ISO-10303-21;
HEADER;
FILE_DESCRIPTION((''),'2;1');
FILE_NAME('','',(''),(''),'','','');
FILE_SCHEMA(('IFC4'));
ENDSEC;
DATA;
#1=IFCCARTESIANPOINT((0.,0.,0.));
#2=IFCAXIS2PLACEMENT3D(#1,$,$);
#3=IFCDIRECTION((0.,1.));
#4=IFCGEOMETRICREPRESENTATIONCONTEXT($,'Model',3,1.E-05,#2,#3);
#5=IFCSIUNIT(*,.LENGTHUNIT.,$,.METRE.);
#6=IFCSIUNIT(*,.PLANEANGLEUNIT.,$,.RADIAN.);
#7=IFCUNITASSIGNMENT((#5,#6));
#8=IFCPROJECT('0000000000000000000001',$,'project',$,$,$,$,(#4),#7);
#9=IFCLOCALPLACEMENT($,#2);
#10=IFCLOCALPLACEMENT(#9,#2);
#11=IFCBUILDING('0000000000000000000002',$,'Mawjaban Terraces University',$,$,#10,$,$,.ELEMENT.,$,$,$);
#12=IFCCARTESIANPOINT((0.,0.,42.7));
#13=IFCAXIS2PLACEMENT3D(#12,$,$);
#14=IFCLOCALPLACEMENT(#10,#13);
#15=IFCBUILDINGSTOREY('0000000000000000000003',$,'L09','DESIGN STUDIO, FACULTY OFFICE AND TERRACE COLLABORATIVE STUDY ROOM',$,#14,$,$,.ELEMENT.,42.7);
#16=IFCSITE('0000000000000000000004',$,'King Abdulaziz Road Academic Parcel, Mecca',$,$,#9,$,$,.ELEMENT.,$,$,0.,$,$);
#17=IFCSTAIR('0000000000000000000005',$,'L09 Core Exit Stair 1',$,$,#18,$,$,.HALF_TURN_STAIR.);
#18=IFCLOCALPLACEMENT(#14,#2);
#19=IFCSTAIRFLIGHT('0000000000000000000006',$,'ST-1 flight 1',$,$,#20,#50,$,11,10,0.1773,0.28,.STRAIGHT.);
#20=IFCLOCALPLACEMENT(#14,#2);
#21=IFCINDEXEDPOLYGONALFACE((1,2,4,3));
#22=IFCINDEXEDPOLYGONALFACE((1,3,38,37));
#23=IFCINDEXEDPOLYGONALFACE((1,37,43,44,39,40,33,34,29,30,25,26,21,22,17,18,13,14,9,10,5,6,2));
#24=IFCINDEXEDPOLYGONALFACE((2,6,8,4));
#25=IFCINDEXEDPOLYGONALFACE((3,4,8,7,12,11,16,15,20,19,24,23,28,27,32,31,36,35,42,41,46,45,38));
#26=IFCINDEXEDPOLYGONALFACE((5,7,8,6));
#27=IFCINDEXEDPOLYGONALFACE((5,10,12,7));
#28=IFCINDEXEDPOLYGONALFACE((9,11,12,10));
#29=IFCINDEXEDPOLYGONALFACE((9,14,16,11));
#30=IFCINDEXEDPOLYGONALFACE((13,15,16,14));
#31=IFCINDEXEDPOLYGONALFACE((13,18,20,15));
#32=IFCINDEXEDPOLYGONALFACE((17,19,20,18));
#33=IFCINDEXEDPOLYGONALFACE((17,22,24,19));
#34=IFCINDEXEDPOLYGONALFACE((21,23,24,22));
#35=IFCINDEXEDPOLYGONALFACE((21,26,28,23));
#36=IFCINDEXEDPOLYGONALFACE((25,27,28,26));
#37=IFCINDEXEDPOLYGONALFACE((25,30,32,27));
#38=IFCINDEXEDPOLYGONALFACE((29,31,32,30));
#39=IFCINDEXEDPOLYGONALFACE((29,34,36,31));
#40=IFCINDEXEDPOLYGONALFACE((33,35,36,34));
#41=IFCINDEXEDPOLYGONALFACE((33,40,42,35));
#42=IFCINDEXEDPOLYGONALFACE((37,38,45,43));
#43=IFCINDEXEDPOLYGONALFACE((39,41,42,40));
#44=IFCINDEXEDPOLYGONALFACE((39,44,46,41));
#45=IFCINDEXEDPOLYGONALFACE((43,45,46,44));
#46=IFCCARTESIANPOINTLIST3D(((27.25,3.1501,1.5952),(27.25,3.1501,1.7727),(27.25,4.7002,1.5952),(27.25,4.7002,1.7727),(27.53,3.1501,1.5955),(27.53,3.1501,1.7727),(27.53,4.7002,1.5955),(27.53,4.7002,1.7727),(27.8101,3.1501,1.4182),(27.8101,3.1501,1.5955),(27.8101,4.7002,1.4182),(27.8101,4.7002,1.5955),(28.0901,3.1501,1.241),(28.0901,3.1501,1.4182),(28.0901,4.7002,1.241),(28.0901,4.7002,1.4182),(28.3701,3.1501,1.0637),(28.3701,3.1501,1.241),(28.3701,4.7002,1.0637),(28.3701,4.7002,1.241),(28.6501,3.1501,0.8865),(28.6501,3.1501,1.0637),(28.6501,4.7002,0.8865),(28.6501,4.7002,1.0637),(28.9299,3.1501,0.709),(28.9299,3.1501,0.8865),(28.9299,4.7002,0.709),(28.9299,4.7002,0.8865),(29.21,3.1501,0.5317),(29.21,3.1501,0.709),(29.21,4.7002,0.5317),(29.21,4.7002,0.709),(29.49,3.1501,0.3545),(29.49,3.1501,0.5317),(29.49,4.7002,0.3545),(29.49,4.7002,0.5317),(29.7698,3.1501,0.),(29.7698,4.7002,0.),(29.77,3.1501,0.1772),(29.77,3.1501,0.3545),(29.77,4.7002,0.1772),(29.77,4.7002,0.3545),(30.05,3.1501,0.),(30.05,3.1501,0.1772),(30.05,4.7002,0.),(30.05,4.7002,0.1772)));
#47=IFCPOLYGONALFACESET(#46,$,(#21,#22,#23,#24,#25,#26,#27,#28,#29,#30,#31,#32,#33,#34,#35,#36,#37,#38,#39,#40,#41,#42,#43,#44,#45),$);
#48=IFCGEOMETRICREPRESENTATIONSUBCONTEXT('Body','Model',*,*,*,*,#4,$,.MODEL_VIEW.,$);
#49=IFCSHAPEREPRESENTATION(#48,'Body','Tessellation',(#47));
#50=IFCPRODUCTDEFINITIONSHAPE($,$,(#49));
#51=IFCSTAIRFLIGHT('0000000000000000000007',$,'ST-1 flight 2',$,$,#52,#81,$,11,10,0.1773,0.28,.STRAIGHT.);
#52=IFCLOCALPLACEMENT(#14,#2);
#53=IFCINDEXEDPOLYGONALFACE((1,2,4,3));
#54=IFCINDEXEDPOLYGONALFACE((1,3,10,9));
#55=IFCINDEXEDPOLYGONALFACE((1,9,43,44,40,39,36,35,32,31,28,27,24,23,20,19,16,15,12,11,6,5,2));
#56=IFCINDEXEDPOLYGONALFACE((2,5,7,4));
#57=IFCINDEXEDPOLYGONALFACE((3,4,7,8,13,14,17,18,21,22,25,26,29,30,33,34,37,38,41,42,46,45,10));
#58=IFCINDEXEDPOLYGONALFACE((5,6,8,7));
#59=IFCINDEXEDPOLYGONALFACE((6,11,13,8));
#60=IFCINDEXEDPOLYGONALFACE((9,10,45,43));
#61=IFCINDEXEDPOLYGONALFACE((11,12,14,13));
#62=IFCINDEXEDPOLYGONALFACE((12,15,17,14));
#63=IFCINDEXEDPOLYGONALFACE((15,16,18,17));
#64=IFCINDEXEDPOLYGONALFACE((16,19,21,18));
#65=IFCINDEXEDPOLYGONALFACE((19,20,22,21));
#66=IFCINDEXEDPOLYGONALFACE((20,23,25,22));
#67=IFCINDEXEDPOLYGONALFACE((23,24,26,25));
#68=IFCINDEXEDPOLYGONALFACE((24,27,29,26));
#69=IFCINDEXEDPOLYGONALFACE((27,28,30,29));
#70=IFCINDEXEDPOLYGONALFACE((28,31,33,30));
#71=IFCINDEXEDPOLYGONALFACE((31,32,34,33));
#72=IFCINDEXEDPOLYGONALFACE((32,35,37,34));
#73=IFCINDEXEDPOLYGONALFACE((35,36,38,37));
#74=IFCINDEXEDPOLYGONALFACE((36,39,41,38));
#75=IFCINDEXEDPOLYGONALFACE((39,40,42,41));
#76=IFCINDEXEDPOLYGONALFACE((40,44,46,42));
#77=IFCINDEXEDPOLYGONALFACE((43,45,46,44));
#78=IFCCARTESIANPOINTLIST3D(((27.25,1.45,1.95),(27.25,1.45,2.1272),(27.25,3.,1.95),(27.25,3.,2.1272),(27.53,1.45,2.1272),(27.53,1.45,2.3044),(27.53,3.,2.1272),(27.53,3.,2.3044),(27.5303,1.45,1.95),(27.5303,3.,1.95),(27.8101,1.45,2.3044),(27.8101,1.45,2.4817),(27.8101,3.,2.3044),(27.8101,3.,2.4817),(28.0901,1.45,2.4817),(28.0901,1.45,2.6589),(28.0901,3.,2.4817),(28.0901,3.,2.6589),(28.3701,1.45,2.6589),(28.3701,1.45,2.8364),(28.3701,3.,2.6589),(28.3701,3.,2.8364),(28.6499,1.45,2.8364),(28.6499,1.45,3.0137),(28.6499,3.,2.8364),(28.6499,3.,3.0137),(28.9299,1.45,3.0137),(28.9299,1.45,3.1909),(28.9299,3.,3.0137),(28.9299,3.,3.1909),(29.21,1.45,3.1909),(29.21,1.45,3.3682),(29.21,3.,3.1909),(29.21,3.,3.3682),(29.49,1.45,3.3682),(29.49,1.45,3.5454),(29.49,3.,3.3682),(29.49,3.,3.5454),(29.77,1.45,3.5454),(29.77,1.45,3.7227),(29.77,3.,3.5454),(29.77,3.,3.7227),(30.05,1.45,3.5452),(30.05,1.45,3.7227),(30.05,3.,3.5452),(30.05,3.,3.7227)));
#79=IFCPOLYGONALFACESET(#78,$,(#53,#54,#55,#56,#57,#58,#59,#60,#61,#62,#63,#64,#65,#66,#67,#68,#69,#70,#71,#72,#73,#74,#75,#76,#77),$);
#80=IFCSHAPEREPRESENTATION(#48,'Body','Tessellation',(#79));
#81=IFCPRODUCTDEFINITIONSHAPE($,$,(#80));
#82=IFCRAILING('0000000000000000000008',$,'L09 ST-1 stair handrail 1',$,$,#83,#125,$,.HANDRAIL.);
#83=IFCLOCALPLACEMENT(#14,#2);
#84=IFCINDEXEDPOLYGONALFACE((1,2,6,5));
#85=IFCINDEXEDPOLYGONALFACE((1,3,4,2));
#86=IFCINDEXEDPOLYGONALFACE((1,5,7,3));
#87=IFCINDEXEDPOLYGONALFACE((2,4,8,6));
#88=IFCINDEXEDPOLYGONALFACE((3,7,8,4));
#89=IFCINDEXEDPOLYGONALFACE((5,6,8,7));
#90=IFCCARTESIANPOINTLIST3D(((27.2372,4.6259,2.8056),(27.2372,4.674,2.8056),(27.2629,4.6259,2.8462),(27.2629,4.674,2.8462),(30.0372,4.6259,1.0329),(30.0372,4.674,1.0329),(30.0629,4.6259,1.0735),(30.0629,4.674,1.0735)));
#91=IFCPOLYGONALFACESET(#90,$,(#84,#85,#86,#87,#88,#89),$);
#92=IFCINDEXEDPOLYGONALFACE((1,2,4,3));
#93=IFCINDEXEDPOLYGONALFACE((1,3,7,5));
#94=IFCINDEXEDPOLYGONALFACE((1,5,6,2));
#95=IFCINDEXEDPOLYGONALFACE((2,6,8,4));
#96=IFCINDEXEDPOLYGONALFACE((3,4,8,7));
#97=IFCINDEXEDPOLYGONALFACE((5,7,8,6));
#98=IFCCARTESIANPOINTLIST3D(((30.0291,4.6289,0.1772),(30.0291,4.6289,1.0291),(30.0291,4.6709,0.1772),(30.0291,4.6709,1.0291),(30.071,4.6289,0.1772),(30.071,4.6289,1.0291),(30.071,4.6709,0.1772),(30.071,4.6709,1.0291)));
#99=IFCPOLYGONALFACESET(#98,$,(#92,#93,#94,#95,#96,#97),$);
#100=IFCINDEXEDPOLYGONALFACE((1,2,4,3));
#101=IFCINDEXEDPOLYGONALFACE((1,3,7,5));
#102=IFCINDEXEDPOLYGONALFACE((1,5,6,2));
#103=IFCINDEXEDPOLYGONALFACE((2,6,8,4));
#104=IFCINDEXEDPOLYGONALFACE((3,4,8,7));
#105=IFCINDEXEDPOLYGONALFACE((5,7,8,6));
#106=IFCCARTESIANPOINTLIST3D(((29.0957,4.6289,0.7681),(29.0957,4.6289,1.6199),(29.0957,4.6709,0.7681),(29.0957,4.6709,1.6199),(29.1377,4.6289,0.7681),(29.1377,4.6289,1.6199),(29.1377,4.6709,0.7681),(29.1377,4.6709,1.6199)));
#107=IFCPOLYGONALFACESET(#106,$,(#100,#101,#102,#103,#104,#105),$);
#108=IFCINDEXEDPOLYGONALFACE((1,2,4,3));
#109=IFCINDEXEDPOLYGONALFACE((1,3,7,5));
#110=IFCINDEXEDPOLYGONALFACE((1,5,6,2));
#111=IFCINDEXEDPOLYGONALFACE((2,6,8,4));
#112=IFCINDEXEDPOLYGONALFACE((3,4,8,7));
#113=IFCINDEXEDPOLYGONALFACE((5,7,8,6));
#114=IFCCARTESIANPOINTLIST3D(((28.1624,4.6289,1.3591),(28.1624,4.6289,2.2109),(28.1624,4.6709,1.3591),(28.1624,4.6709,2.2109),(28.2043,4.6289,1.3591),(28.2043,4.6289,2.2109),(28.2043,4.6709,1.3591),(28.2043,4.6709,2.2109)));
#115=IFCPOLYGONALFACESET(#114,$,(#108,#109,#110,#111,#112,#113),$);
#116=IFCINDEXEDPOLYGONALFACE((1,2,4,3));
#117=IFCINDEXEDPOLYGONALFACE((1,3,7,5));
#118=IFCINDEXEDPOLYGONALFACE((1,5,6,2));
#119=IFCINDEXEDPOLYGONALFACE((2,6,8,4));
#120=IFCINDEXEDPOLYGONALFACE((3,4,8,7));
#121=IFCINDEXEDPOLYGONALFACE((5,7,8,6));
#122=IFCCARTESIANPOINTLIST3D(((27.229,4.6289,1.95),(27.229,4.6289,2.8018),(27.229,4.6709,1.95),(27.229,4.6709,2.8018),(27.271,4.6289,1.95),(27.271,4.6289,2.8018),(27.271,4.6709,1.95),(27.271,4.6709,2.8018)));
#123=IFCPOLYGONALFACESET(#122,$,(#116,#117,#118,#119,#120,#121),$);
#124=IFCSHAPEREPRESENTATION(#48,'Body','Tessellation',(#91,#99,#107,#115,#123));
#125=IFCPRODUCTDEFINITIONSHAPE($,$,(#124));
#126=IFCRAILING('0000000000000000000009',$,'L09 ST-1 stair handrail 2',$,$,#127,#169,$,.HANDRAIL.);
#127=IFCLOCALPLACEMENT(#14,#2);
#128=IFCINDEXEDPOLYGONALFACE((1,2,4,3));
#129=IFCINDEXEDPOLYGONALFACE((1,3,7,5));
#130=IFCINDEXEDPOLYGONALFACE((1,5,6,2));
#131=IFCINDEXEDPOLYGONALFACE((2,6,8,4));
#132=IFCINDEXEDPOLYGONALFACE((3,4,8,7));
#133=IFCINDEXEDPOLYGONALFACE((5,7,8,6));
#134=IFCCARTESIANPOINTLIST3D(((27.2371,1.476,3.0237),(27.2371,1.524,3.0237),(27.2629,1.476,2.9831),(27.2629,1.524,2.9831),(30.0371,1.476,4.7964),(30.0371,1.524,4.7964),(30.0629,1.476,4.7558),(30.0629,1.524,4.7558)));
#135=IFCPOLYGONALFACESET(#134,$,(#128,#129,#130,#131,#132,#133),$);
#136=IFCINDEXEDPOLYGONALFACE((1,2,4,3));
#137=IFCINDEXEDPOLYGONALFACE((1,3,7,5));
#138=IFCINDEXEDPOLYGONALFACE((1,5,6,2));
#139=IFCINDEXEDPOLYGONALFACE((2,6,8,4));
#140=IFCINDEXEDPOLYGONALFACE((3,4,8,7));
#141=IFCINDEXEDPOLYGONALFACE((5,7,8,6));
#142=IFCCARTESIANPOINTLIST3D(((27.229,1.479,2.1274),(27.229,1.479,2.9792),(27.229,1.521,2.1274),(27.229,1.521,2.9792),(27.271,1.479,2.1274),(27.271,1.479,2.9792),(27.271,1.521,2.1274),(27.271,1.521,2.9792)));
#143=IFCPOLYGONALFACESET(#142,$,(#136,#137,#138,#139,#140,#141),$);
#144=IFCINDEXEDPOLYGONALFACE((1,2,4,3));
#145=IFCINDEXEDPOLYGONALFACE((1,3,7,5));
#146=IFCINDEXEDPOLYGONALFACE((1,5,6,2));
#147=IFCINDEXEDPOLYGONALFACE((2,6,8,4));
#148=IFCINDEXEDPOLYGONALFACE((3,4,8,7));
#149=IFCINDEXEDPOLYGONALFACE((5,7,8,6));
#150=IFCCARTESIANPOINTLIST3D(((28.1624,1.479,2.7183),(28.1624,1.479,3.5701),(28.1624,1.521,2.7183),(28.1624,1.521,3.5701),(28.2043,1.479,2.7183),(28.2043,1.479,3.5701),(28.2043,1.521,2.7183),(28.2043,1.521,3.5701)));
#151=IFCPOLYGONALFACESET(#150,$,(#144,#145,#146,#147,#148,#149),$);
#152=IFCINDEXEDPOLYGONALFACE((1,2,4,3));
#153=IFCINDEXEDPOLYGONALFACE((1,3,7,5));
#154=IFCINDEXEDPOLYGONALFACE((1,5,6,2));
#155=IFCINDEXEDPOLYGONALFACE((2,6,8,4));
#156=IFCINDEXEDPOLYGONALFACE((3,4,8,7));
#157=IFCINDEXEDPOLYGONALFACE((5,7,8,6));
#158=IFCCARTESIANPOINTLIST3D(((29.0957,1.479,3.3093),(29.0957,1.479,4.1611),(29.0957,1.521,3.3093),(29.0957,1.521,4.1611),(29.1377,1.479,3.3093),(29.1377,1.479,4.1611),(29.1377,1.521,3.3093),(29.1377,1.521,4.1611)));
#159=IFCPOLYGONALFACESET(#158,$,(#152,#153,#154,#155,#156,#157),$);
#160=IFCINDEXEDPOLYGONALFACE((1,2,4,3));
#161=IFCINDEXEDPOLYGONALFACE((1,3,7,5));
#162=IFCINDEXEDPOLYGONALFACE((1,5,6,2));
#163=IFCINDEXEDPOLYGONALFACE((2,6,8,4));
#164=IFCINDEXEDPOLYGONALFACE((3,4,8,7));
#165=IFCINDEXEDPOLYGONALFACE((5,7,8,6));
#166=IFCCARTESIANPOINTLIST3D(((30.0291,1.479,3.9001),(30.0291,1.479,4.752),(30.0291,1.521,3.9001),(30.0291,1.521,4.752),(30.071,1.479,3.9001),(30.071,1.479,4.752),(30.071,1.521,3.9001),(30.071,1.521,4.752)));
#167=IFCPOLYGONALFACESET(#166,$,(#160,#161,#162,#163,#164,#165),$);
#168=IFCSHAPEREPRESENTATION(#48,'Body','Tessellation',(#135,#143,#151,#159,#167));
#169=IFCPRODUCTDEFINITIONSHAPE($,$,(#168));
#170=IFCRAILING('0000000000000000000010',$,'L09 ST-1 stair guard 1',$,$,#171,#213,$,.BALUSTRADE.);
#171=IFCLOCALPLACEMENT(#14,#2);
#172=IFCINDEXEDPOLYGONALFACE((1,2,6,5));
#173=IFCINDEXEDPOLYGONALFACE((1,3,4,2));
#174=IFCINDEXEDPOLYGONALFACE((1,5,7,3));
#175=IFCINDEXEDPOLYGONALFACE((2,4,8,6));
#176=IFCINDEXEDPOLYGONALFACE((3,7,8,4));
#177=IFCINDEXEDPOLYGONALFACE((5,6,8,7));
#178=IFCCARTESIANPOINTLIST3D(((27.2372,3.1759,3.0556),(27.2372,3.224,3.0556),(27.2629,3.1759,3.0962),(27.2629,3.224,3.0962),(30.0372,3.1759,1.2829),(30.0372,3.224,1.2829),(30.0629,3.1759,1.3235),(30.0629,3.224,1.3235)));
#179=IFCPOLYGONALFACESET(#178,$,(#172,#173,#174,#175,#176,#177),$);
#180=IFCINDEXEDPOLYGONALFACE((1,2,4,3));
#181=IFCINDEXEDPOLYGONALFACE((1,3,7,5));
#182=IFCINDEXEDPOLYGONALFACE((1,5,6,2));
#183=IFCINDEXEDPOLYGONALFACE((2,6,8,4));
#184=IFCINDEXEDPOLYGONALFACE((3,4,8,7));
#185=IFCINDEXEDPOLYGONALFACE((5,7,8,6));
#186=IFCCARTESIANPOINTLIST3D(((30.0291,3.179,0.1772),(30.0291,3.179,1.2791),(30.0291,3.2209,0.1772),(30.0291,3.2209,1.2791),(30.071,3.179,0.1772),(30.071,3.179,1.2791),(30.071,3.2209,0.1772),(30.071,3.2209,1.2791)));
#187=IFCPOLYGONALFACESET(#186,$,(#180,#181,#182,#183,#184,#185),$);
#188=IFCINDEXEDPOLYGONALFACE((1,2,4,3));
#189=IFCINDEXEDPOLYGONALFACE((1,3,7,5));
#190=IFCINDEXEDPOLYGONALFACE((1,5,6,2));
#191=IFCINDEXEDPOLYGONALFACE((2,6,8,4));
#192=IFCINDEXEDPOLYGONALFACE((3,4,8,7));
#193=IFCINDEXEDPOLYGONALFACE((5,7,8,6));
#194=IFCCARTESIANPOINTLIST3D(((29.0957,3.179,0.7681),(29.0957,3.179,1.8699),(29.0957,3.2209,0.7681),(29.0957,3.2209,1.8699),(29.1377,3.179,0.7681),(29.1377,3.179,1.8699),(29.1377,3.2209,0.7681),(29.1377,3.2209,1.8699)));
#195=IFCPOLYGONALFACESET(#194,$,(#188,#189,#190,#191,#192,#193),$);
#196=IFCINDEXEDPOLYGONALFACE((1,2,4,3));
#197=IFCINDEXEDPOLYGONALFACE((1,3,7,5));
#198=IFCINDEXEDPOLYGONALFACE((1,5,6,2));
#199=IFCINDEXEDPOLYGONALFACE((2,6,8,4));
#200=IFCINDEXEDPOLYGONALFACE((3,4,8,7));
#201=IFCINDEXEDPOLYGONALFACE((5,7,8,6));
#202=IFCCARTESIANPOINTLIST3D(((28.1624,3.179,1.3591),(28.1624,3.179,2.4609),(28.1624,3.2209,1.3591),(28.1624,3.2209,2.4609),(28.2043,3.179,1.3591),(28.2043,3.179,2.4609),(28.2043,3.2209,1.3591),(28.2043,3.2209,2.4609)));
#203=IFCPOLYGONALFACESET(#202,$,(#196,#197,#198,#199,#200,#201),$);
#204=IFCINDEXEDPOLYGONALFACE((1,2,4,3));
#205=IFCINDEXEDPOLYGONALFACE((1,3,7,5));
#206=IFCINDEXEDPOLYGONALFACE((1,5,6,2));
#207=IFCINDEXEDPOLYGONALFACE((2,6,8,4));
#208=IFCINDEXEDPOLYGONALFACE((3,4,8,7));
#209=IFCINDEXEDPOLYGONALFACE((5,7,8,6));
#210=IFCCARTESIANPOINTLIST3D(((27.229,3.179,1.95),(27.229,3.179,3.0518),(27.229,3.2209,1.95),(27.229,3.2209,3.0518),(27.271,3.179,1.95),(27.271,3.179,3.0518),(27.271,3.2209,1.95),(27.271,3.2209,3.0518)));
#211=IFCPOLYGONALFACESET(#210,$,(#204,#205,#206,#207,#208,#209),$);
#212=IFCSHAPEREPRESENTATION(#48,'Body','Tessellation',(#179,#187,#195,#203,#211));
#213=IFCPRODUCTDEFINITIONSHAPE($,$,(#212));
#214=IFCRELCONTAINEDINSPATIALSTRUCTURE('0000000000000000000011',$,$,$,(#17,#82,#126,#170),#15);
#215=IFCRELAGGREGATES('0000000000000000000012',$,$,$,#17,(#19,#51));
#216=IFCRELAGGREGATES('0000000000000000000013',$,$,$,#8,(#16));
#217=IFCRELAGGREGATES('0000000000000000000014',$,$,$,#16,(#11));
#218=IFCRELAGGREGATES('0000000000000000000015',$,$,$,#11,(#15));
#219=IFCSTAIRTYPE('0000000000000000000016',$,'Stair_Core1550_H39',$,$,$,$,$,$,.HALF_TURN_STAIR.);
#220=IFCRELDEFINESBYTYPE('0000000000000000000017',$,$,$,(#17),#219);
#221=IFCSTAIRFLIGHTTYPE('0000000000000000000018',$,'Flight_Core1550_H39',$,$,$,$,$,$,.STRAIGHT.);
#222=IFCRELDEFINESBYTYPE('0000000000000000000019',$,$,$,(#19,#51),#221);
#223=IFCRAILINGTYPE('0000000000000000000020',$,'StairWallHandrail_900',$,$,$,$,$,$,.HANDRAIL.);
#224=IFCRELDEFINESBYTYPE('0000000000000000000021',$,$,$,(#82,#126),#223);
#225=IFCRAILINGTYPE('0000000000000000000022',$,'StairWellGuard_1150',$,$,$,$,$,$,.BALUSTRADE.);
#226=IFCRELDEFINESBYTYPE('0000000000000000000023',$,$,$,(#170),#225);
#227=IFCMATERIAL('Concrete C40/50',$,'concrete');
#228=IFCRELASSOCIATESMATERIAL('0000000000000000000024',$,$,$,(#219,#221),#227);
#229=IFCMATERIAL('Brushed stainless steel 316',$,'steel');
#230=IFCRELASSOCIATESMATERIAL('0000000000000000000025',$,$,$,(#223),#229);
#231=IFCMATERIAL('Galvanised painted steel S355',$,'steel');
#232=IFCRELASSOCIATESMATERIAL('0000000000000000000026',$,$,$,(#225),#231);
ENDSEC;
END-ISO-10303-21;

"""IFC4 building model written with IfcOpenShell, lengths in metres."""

from ifc_helpers import new_model, si_unit, direction, frame, origin, origin_2d, place, context, subcontext, project, spatial, polyline, rectangle, outline, extrude, material, type_object, element, aggregate, save


model = new_model("IFC4")

# Units and contexts
model_context = context("Model", 3, precision=1e-05, world=origin(), true_north=direction((0.0, 1.0)))
body_context = subcontext(model_context, "Body", "Model", "MODEL_VIEW")
ifc_project = project(units=[si_unit("LENGTHUNIT", "METRE"), si_unit("PLANEANGLEUNIT", "RADIAN")], contexts=[model_context])

# Site, building, storey
site_placement = place(None, origin())
site = spatial("IfcSite", under=ifc_project, at=site_placement, Name="King Abdulaziz Road Academic Parcel, Mecca", CompositionType="ELEMENT", RefElevation=0.0)
building_placement = place(site_placement, origin())
building = spatial("IfcBuilding", under=site, at=building_placement, Name="Mawjaban Terraces University", CompositionType="ELEMENT")
storey_placement = place(building_placement, frame((0.0, 0.0, 42.7)))
storey = spatial("IfcBuildingStorey", under=building, at=storey_placement, Name="L09", Description="DESIGN STUDIO, FACULTY OFFICE AND TERRACE COLLABORATIVE STUDY ROOM", CompositionType="ELEMENT", Elevation=42.7)

# Stair, stair flights
ifc_material_1 = material(Name="Concrete C40/50", Category="concrete")
stair_type = type_object("IfcStairType", Name="Stair_Core1550_H39", PredefinedType="HALF_TURN_STAIR", material=ifc_material_1)
stair_placement = place(storey_placement, origin())
stair = element("IfcStair", 1, at=stair_placement, inside=storey, type_object=stair_type, Name="L09 Core Exit Stair 1", PredefinedType="HALF_TURN_STAIR")
stair_flight_type = type_object("IfcStairFlightType", Name="Flight_Core1550_H39", PredefinedType="STRAIGHT", material=ifc_material_1)
stair_flight_1_placement = place(storey_placement, frame((30.05, 3.925, 0.0), z_axis=(0.0, 0.0, 1.0), x_axis=(-1.0, 0.0, 0.0)))
stair_flight_1 = element("IfcStairFlight", 2, at=stair_flight_1_placement, type_object=stair_flight_type, Name="ST-1 flight 1", NumberOfRisers=11, NumberOfTreads=10, PredefinedType="STRAIGHT", RiserHeight=0.1773, TreadLength=0.28, context=body_context, shape_type="SweptSolid", body=[
    extrude(outline(polyline([(0.0, 0.0), (0.0, 0.1772), (0.28, 0.1772), (0.28, 0.3545), (0.5601, 0.3545), (0.5601, 0.5317), (0.8401, 0.5317), (0.8401, 0.709), (1.1201, 0.709), (1.1201, 0.8865), (1.3999, 0.8865), (1.3999, 1.0637), (1.6799, 1.0637), (1.6799, 1.241), (1.96, 1.241), (1.96, 1.4182), (2.24, 1.4182), (2.24, 1.5955), (2.52, 1.5955), (2.52, 1.7727), (2.8, 1.7727), (2.8, 1.95), (2.8, 1.5952), (0.2803, 0.0), (0.0, 0.0)])), frame((0.0, 0.7749, 0.0), z_axis=(0.0, -1.0, 0.0), x_axis=(1.0, 0.0, 0.0)), (0.0, 0.0, 1.0), 1.55),
])
stair_flight_2_placement = place(storey_placement, frame((27.25, 2.2251, 1.95), z_axis=(0.0, 0.0, 1.0), x_axis=(1.0, 0.0, 0.0)))
stair_flight_2 = element("IfcStairFlight", 3, at=stair_flight_2_placement, type_object=stair_flight_type, Name="ST-1 flight 2", NumberOfRisers=11, NumberOfTreads=10, PredefinedType="STRAIGHT", RiserHeight=0.1773, TreadLength=0.28, context=body_context, shape_type="SweptSolid", body=[
    extrude(outline(polyline([(0.0, 0.0), (0.0, 0.1772), (0.28, 0.1772), (0.28, 0.3545), (0.5601, 0.3545), (0.5601, 0.5317), (0.8401, 0.5317), (0.8401, 0.709), (1.1201, 0.709), (1.1201, 0.8865), (1.3999, 0.8865), (1.3999, 1.0637), (1.6799, 1.0637), (1.6799, 1.241), (1.96, 1.241), (1.96, 1.4182), (2.24, 1.4182), (2.24, 1.5955), (2.52, 1.5955), (2.52, 1.7727), (2.8, 1.7727), (2.8, 1.95), (2.8, 1.5952), (0.2803, 0.0), (0.0, 0.0)])), frame((0.0, 0.7749, 0.0), z_axis=(0.0, -1.0, 0.0), x_axis=(1.0, 0.0, 0.0)), (0.0, 0.0, 1.0), 1.55),
])
aggregate(stair, [stair_flight_1, stair_flight_2])

# Railings
ifc_material_2 = material(Name="Brushed stainless steel 316", Category="steel")
railing_type_1 = type_object("IfcRailingType", Name="StairWallHandrail_900", PredefinedType="HANDRAIL", material=ifc_material_2)
railing_1_placement = place(storey_placement, frame((30.05, 4.6499, 0.1772)))
element("IfcRailing", 4, at=railing_1_placement, inside=storey, type_object=railing_type_1, Name="L09 ST-1 stair handrail 1", PredefinedType="HANDRAIL", context=body_context, shape_type="SweptSolid", body=[
    extrude(rectangle(XDim=0.0481, YDim=0.0481, at=origin_2d()), frame((0.0, 0.0, 0.876), z_axis=(-0.844909, 0.0, 0.53491), x_axis=(0.0, -1.0, 0.0)), (0.0, 0.0, 1.0), 3.314),
    extrude(rectangle(XDim=0.042, YDim=0.042, at=origin_2d()), origin(), (0.0, 0.0, 1.0), 0.8518),
    extrude(rectangle(XDim=0.042, YDim=0.042, at=origin_2d()), frame((-0.9333, 0.0, 0.5908)), (0.0, 0.0, 1.0), 0.8518),
    extrude(rectangle(XDim=0.042, YDim=0.042, at=origin_2d()), frame((-1.8667, 0.0, 1.1819)), (0.0, 0.0, 1.0), 0.8518),
    extrude(rectangle(XDim=0.042, YDim=0.042, at=origin_2d()), frame((-2.8, 0.0, 1.7727)), (0.0, 0.0, 1.0), 0.8518),
])
railing_2_placement = place(storey_placement, frame((27.25, 1.5, 2.1274)))
element("IfcRailing", 5, at=railing_2_placement, inside=storey, type_object=railing_type_1, Name="L09 ST-1 stair handrail 2", PredefinedType="HANDRAIL", context=body_context, shape_type="SweptSolid", body=[
    extrude(rectangle(XDim=0.0481, YDim=0.0481, at=origin_2d()), frame((0.0, 0.0, 0.876), z_axis=(0.844909, 0.0, 0.53491), x_axis=(0.0, 1.0, 0.0)), (0.0, 0.0, 1.0), 3.314),
    extrude(rectangle(XDim=0.042, YDim=0.042, at=origin_2d()), origin(), (0.0, 0.0, 1.0), 0.8518),
    extrude(rectangle(XDim=0.042, YDim=0.042, at=origin_2d()), frame((0.9333, 0.0, 0.5908)), (0.0, 0.0, 1.0), 0.8518),
    extrude(rectangle(XDim=0.042, YDim=0.042, at=origin_2d()), frame((1.8667, 0.0, 1.1819)), (0.0, 0.0, 1.0), 0.8518),
    extrude(rectangle(XDim=0.042, YDim=0.042, at=origin_2d()), frame((2.8, 0.0, 1.7727)), (0.0, 0.0, 1.0), 0.8518),
])
ifc_material_3 = material(Name="Galvanised painted steel S355", Category="steel")
railing_type_2 = type_object("IfcRailingType", Name="StairWellGuard_1150", PredefinedType="BALUSTRADE", material=ifc_material_3)
railing_3_placement = place(storey_placement, frame((30.05, 3.2, 0.1772)))
element("IfcRailing", 6, at=railing_3_placement, inside=storey, type_object=railing_type_2, Name="L09 ST-1 stair guard 1", PredefinedType="BALUSTRADE", context=body_context, shape_type="SweptSolid", body=[
    extrude(rectangle(XDim=0.0481, YDim=0.0481, at=origin_2d()), frame((0.0, 0.0, 1.126), z_axis=(-0.844909, 0.0, 0.53491), x_axis=(0.0, -1.0, 0.0)), (0.0, 0.0, 1.0), 3.314),
    extrude(rectangle(XDim=0.042, YDim=0.042, at=origin_2d()), origin(), (0.0, 0.0, 1.0), 1.1018),
    extrude(rectangle(XDim=0.042, YDim=0.042, at=origin_2d()), frame((-0.9333, 0.0, 0.5908)), (0.0, 0.0, 1.0), 1.1018),
    extrude(rectangle(XDim=0.042, YDim=0.042, at=origin_2d()), frame((-1.8667, 0.0, 1.1819)), (0.0, 0.0, 1.0), 1.1018),
    extrude(rectangle(XDim=0.042, YDim=0.042, at=origin_2d()), frame((-2.8, 0.0, 1.7727)), (0.0, 0.0, 1.0), 1.1018),
])

save(model, "model.ifc")
